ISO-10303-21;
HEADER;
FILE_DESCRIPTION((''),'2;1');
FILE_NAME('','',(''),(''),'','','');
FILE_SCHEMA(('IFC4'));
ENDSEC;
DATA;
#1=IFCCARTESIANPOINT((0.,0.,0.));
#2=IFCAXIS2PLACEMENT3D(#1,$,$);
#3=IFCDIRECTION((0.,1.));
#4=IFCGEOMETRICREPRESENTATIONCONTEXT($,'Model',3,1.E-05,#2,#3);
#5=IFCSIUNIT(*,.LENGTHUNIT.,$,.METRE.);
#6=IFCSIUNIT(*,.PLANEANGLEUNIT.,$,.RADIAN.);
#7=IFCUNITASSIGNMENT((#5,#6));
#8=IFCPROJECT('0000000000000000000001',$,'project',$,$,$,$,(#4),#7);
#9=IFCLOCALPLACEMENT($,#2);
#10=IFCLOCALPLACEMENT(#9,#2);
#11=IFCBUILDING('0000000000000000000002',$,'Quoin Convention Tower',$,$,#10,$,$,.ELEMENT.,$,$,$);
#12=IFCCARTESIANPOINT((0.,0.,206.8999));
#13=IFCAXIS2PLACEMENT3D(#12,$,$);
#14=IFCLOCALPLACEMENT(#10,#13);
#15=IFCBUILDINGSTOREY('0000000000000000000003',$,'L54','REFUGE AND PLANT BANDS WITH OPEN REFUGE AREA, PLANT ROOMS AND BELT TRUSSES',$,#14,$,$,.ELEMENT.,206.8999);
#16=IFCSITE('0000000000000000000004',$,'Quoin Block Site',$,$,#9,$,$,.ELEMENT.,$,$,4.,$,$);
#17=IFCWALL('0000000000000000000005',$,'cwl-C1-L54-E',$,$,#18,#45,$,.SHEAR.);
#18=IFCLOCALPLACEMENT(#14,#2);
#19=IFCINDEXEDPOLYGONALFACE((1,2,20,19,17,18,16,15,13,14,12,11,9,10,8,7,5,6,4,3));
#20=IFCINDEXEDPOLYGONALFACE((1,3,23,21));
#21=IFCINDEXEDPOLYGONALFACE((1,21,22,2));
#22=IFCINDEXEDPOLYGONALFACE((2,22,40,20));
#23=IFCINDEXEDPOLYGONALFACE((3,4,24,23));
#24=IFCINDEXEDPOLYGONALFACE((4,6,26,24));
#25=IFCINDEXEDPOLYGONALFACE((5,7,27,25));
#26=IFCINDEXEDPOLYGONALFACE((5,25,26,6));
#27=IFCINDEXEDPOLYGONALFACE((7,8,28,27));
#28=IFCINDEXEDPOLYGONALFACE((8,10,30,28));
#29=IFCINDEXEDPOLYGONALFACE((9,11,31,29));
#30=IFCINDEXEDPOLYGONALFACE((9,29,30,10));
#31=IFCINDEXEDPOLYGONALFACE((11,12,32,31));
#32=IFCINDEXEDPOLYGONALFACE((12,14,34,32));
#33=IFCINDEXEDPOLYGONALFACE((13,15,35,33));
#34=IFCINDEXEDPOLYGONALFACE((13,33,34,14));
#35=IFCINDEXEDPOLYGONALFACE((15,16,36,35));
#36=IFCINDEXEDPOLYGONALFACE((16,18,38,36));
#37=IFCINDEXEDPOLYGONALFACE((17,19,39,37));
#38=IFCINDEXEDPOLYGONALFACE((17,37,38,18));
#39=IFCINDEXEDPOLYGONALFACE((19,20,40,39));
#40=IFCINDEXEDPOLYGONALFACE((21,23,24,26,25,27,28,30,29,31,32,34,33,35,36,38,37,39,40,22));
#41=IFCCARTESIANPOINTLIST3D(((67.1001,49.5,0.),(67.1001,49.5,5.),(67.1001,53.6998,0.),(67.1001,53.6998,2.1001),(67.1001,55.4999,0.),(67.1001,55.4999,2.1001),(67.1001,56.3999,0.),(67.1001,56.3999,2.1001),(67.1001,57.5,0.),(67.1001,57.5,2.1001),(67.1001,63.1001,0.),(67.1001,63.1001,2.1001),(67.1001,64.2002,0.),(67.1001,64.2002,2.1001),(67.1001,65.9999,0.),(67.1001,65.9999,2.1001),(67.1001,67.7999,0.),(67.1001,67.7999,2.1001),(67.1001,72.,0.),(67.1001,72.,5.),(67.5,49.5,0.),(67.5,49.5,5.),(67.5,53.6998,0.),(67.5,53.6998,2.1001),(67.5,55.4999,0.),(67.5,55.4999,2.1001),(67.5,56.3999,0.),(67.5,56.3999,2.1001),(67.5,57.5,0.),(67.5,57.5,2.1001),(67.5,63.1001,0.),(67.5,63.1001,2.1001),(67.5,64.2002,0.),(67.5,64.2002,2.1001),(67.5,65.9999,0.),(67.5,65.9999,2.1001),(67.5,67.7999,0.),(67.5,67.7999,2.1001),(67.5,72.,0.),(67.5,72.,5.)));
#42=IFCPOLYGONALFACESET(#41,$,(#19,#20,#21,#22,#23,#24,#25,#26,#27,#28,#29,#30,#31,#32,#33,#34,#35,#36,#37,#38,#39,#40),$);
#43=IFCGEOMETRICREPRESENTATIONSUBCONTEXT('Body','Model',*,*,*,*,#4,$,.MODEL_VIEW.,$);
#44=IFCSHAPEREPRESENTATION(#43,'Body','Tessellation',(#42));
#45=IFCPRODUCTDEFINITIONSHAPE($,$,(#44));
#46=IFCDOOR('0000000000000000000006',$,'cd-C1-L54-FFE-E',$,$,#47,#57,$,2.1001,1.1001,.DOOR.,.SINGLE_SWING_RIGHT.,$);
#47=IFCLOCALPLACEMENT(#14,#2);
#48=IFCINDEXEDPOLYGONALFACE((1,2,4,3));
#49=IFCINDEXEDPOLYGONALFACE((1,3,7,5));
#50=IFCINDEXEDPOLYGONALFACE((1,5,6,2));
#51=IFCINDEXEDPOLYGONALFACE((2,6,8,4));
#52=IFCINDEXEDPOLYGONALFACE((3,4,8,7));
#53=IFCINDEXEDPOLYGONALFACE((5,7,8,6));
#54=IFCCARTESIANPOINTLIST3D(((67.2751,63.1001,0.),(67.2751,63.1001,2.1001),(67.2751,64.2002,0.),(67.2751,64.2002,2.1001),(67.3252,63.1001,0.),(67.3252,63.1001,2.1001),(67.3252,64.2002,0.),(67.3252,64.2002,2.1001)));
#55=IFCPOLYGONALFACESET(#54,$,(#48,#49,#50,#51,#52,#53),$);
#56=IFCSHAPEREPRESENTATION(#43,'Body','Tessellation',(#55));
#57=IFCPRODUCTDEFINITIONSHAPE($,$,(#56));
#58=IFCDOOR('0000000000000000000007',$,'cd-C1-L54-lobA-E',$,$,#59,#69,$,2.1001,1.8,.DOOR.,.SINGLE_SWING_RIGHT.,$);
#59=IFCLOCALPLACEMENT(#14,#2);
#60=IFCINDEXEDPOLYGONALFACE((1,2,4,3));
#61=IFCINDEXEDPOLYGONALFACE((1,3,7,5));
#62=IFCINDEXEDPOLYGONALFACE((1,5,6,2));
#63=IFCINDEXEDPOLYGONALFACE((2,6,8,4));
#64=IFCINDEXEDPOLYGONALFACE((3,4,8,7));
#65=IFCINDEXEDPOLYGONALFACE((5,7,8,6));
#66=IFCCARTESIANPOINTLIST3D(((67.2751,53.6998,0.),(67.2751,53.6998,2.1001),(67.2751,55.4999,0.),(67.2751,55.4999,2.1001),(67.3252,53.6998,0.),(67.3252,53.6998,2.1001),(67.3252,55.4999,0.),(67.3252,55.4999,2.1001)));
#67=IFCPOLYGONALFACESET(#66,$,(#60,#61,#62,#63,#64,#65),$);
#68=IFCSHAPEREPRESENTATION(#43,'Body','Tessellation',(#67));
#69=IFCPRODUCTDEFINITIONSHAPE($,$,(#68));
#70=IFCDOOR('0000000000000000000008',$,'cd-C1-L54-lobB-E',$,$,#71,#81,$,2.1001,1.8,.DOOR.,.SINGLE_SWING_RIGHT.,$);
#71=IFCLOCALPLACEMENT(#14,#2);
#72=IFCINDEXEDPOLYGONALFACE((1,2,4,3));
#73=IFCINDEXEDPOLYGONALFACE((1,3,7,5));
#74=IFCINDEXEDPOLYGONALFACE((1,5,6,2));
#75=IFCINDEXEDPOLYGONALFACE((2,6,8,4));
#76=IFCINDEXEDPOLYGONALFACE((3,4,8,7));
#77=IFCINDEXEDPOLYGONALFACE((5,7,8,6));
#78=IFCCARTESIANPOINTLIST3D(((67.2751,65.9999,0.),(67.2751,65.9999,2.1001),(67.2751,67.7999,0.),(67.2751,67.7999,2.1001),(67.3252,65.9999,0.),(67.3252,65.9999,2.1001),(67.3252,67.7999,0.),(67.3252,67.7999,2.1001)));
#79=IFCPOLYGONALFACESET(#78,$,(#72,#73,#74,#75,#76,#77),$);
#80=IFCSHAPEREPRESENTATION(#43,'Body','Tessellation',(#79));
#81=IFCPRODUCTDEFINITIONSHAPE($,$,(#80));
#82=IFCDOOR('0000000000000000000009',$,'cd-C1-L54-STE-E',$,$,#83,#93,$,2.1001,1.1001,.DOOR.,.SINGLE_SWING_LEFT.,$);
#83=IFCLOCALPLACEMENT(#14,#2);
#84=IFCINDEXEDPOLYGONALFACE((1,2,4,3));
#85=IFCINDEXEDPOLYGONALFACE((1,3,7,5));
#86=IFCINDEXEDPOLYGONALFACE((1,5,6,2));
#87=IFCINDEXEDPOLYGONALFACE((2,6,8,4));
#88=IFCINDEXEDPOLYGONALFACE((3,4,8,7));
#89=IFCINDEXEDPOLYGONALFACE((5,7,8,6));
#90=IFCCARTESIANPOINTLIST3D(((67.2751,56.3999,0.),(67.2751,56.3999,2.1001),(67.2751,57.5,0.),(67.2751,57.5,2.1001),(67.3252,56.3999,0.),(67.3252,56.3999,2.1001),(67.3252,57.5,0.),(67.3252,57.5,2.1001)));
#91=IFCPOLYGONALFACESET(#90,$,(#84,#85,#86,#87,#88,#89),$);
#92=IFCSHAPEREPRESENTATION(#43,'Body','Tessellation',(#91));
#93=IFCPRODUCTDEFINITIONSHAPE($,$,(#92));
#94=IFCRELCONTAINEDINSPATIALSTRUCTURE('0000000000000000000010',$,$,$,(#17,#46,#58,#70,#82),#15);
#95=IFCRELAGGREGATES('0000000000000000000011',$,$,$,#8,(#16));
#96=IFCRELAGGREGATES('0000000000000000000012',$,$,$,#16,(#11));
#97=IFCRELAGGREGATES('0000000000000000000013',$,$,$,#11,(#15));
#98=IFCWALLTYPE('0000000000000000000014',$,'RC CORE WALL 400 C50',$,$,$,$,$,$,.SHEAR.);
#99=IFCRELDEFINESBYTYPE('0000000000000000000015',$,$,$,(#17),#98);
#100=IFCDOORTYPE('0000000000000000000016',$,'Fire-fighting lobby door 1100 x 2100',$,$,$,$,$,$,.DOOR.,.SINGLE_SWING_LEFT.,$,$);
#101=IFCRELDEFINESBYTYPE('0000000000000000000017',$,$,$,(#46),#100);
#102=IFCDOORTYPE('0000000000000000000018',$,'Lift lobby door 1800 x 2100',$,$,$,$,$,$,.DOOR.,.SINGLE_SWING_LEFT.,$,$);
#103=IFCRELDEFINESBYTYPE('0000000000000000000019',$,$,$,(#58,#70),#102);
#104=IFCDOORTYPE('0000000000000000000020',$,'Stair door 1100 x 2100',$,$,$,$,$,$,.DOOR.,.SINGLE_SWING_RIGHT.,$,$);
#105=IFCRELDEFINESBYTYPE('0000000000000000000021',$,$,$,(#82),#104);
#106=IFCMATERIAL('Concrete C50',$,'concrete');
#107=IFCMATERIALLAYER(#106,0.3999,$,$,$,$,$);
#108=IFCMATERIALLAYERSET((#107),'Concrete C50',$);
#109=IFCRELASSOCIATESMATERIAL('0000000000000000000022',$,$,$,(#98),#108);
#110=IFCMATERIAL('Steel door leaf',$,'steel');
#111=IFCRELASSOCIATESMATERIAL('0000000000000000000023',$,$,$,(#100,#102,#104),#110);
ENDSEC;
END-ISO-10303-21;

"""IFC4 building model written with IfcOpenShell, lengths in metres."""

from ifc_helpers import new_model, si_unit, direction, frame, frame_2d, origin, place, context, subcontext, project, spatial, rectangle, extrude, material, layer, layer_set, type_object, element, fill, save


model = new_model("IFC4")

# Units and contexts
model_context = context("Model", 3, precision=1e-05, world=origin(), true_north=direction((0.0, 1.0)))
body_context = subcontext(model_context, "Body", "Model", "MODEL_VIEW")
ifc_project = project(units=[si_unit("LENGTHUNIT", "METRE"), si_unit("PLANEANGLEUNIT", "RADIAN")], contexts=[model_context])

# Site, building, storey
site_placement = place(None, origin())
site = spatial("IfcSite", under=ifc_project, at=site_placement, Name="Quoin Block Site", CompositionType="ELEMENT", RefElevation=4.0)
building_placement = place(site_placement, origin())
building = spatial("IfcBuilding", under=site, at=building_placement, Name="Quoin Convention Tower", CompositionType="ELEMENT")
storey_placement = place(building_placement, frame((0.0, 0.0, 206.8999)))
storey = spatial("IfcBuildingStorey", under=building, at=storey_placement, Name="L54", Description="REFUGE AND PLANT BANDS WITH OPEN REFUGE AREA, PLANT ROOMS AND BELT TRUSSES", CompositionType="ELEMENT", Elevation=206.8999)

# Shared definitions
ifc_material_1 = material(Name="Concrete C50", Category="concrete")

# Wall, openings, doors
ifc_layer_1 = layer(ifc_material_1, 0.3999)
ifc_layer_set_1 = layer_set([ifc_layer_1], Name="Concrete C50")
wall_type_1 = type_object("IfcWallType", Name="RC CORE WALL 400 C50", PredefinedType="SHEAR", material=ifc_layer_set_1)
wall_placement = place(storey_placement, frame((67.3, 49.5, 0.0), z_axis=(0.0, 0.0, 1.0), x_axis=(0.0, 1.0, 0.0)))
wall = element("IfcWall", 1, at=wall_placement, inside=storey, type_object=wall_type_1, Name="cwl-C1-L54-E", PredefinedType="SHEAR", context=body_context, shape_type="SweptSolid", body=[
    extrude(rectangle(XDim=22.5, YDim=0.3999, at=frame_2d((11.25, 0.0))), origin(), (0.0, 0.0, 1.0), 5.0),
])
opening_1_placement = place(wall_placement, frame((4.2, 0.0, 0.0)))
opening_1 = element("IfcOpeningElement", 2, at=opening_1_placement, cuts=wall, PredefinedType="OPENING", context=body_context, shape_type="SweptSolid", body=[
    extrude(rectangle(XDim=1.8, YDim=2.1001, at=frame_2d((0.8999, 1.05))), frame((0.0, 0.21, 0.0), z_axis=(0.0, -1.0, 0.0), x_axis=(1.0, 0.0, 0.0)), (0.0, 0.0, 1.0), 0.4199),
])
opening_2_placement = place(wall_placement, frame((6.8999, 0.0, 0.0)))
opening_2 = element("IfcOpeningElement", 3, at=opening_2_placement, cuts=wall, PredefinedType="OPENING", context=body_context, shape_type="SweptSolid", body=[
    extrude(rectangle(XDim=1.1001, YDim=2.1001, at=frame_2d((0.55, 1.05))), frame((0.0, 0.21, 0.0), z_axis=(0.0, -1.0, 0.0), x_axis=(1.0, 0.0, 0.0)), (0.0, 0.0, 1.0), 0.4199),
])
opening_3_placement = place(wall_placement, frame((13.6001, 0.0, 0.0)))
opening_3 = element("IfcOpeningElement", 4, at=opening_3_placement, cuts=wall, PredefinedType="OPENING", context=body_context, shape_type="SweptSolid", body=[
    extrude(rectangle(XDim=1.1001, YDim=2.1001, at=frame_2d((0.55, 1.05))), frame((0.0, 0.21, 0.0), z_axis=(0.0, -1.0, 0.0), x_axis=(1.0, 0.0, 0.0)), (0.0, 0.0, 1.0), 0.4199),
])
opening_4_placement = place(wall_placement, frame((16.5, 0.0, 0.0)))
opening_4 = element("IfcOpeningElement", 5, at=opening_4_placement, cuts=wall, PredefinedType="OPENING", context=body_context, shape_type="SweptSolid", body=[
    extrude(rectangle(XDim=1.8, YDim=2.1001, at=frame_2d((0.8999, 1.05))), frame((0.0, 0.21, 0.0), z_axis=(0.0, -1.0, 0.0), x_axis=(1.0, 0.0, 0.0)), (0.0, 0.0, 1.0), 0.4199),
])
ifc_material_2 = material(Name="Steel door leaf", Category="steel")
door_type_1 = type_object("IfcDoorType", Name="Fire-fighting lobby door 1100 x 2100", OperationType="SINGLE_SWING_LEFT", PredefinedType="DOOR", material=ifc_material_2)
door_1_placement = place(opening_3_placement, origin())
door_1 = element("IfcDoor", 6, at=door_1_placement, inside=storey, type_object=door_type_1, Name="cd-C1-L54-FFE-E", OperationType="SINGLE_SWING_RIGHT", OverallHeight=2.1001, OverallWidth=1.1001, PredefinedType="DOOR", context=body_context, shape_type="SweptSolid", body=[
    extrude(rectangle(XDim=1.1001, YDim=2.1001, at=frame_2d((0.55, 1.05))), frame((0.0, 0.0249, 0.0), z_axis=(0.0, -1.0, 0.0), x_axis=(1.0, 0.0, 0.0)), (0.0, 0.0, 1.0), 0.05),
])
fill(opening_3, door_1)
door_type_2 = type_object("IfcDoorType", Name="Lift lobby door 1800 x 2100", OperationType="SINGLE_SWING_LEFT", PredefinedType="DOOR", material=ifc_material_2)
door_2_placement = place(opening_1_placement, origin())
door_2 = element("IfcDoor", 7, at=door_2_placement, inside=storey, type_object=door_type_2, Name="cd-C1-L54-lobA-E", OperationType="SINGLE_SWING_RIGHT", OverallHeight=2.1001, OverallWidth=1.8, PredefinedType="DOOR", context=body_context, shape_type="SweptSolid", body=[
    extrude(rectangle(XDim=1.8, YDim=2.1001, at=frame_2d((0.8999, 1.05))), frame((0.0, 0.0249, 0.0), z_axis=(0.0, -1.0, 0.0), x_axis=(1.0, 0.0, 0.0)), (0.0, 0.0, 1.0), 0.05),
])
fill(opening_1, door_2)
door_3_placement = place(opening_4_placement, origin())
door_3 = element("IfcDoor", 8, at=door_3_placement, inside=storey, type_object=door_type_2, Name="cd-C1-L54-lobB-E", OperationType="SINGLE_SWING_RIGHT", OverallHeight=2.1001, OverallWidth=1.8, PredefinedType="DOOR", context=body_context, shape_type="SweptSolid", body=[
    extrude(rectangle(XDim=1.8, YDim=2.1001, at=frame_2d((0.8999, 1.05))), frame((0.0, 0.0249, 0.0), z_axis=(0.0, -1.0, 0.0), x_axis=(1.0, 0.0, 0.0)), (0.0, 0.0, 1.0), 0.05),
])
fill(opening_4, door_3)
door_type_3 = type_object("IfcDoorType", Name="Stair door 1100 x 2100", OperationType="SINGLE_SWING_RIGHT", PredefinedType="DOOR", material=ifc_material_2)
door_4_placement = place(opening_2_placement, origin())
door_4 = element("IfcDoor", 9, at=door_4_placement, inside=storey, type_object=door_type_3, Name="cd-C1-L54-STE-E", OperationType="SINGLE_SWING_LEFT", OverallHeight=2.1001, OverallWidth=1.1001, PredefinedType="DOOR", context=body_context, shape_type="SweptSolid", body=[
    extrude(rectangle(XDim=1.1001, YDim=2.1001, at=frame_2d((0.55, 1.05))), frame((0.0, 0.0249, 0.0), z_axis=(0.0, -1.0, 0.0), x_axis=(1.0, 0.0, 0.0)), (0.0, 0.0, 1.0), 0.05),
])
fill(opening_2, door_4)

save(model, "model.ifc")
